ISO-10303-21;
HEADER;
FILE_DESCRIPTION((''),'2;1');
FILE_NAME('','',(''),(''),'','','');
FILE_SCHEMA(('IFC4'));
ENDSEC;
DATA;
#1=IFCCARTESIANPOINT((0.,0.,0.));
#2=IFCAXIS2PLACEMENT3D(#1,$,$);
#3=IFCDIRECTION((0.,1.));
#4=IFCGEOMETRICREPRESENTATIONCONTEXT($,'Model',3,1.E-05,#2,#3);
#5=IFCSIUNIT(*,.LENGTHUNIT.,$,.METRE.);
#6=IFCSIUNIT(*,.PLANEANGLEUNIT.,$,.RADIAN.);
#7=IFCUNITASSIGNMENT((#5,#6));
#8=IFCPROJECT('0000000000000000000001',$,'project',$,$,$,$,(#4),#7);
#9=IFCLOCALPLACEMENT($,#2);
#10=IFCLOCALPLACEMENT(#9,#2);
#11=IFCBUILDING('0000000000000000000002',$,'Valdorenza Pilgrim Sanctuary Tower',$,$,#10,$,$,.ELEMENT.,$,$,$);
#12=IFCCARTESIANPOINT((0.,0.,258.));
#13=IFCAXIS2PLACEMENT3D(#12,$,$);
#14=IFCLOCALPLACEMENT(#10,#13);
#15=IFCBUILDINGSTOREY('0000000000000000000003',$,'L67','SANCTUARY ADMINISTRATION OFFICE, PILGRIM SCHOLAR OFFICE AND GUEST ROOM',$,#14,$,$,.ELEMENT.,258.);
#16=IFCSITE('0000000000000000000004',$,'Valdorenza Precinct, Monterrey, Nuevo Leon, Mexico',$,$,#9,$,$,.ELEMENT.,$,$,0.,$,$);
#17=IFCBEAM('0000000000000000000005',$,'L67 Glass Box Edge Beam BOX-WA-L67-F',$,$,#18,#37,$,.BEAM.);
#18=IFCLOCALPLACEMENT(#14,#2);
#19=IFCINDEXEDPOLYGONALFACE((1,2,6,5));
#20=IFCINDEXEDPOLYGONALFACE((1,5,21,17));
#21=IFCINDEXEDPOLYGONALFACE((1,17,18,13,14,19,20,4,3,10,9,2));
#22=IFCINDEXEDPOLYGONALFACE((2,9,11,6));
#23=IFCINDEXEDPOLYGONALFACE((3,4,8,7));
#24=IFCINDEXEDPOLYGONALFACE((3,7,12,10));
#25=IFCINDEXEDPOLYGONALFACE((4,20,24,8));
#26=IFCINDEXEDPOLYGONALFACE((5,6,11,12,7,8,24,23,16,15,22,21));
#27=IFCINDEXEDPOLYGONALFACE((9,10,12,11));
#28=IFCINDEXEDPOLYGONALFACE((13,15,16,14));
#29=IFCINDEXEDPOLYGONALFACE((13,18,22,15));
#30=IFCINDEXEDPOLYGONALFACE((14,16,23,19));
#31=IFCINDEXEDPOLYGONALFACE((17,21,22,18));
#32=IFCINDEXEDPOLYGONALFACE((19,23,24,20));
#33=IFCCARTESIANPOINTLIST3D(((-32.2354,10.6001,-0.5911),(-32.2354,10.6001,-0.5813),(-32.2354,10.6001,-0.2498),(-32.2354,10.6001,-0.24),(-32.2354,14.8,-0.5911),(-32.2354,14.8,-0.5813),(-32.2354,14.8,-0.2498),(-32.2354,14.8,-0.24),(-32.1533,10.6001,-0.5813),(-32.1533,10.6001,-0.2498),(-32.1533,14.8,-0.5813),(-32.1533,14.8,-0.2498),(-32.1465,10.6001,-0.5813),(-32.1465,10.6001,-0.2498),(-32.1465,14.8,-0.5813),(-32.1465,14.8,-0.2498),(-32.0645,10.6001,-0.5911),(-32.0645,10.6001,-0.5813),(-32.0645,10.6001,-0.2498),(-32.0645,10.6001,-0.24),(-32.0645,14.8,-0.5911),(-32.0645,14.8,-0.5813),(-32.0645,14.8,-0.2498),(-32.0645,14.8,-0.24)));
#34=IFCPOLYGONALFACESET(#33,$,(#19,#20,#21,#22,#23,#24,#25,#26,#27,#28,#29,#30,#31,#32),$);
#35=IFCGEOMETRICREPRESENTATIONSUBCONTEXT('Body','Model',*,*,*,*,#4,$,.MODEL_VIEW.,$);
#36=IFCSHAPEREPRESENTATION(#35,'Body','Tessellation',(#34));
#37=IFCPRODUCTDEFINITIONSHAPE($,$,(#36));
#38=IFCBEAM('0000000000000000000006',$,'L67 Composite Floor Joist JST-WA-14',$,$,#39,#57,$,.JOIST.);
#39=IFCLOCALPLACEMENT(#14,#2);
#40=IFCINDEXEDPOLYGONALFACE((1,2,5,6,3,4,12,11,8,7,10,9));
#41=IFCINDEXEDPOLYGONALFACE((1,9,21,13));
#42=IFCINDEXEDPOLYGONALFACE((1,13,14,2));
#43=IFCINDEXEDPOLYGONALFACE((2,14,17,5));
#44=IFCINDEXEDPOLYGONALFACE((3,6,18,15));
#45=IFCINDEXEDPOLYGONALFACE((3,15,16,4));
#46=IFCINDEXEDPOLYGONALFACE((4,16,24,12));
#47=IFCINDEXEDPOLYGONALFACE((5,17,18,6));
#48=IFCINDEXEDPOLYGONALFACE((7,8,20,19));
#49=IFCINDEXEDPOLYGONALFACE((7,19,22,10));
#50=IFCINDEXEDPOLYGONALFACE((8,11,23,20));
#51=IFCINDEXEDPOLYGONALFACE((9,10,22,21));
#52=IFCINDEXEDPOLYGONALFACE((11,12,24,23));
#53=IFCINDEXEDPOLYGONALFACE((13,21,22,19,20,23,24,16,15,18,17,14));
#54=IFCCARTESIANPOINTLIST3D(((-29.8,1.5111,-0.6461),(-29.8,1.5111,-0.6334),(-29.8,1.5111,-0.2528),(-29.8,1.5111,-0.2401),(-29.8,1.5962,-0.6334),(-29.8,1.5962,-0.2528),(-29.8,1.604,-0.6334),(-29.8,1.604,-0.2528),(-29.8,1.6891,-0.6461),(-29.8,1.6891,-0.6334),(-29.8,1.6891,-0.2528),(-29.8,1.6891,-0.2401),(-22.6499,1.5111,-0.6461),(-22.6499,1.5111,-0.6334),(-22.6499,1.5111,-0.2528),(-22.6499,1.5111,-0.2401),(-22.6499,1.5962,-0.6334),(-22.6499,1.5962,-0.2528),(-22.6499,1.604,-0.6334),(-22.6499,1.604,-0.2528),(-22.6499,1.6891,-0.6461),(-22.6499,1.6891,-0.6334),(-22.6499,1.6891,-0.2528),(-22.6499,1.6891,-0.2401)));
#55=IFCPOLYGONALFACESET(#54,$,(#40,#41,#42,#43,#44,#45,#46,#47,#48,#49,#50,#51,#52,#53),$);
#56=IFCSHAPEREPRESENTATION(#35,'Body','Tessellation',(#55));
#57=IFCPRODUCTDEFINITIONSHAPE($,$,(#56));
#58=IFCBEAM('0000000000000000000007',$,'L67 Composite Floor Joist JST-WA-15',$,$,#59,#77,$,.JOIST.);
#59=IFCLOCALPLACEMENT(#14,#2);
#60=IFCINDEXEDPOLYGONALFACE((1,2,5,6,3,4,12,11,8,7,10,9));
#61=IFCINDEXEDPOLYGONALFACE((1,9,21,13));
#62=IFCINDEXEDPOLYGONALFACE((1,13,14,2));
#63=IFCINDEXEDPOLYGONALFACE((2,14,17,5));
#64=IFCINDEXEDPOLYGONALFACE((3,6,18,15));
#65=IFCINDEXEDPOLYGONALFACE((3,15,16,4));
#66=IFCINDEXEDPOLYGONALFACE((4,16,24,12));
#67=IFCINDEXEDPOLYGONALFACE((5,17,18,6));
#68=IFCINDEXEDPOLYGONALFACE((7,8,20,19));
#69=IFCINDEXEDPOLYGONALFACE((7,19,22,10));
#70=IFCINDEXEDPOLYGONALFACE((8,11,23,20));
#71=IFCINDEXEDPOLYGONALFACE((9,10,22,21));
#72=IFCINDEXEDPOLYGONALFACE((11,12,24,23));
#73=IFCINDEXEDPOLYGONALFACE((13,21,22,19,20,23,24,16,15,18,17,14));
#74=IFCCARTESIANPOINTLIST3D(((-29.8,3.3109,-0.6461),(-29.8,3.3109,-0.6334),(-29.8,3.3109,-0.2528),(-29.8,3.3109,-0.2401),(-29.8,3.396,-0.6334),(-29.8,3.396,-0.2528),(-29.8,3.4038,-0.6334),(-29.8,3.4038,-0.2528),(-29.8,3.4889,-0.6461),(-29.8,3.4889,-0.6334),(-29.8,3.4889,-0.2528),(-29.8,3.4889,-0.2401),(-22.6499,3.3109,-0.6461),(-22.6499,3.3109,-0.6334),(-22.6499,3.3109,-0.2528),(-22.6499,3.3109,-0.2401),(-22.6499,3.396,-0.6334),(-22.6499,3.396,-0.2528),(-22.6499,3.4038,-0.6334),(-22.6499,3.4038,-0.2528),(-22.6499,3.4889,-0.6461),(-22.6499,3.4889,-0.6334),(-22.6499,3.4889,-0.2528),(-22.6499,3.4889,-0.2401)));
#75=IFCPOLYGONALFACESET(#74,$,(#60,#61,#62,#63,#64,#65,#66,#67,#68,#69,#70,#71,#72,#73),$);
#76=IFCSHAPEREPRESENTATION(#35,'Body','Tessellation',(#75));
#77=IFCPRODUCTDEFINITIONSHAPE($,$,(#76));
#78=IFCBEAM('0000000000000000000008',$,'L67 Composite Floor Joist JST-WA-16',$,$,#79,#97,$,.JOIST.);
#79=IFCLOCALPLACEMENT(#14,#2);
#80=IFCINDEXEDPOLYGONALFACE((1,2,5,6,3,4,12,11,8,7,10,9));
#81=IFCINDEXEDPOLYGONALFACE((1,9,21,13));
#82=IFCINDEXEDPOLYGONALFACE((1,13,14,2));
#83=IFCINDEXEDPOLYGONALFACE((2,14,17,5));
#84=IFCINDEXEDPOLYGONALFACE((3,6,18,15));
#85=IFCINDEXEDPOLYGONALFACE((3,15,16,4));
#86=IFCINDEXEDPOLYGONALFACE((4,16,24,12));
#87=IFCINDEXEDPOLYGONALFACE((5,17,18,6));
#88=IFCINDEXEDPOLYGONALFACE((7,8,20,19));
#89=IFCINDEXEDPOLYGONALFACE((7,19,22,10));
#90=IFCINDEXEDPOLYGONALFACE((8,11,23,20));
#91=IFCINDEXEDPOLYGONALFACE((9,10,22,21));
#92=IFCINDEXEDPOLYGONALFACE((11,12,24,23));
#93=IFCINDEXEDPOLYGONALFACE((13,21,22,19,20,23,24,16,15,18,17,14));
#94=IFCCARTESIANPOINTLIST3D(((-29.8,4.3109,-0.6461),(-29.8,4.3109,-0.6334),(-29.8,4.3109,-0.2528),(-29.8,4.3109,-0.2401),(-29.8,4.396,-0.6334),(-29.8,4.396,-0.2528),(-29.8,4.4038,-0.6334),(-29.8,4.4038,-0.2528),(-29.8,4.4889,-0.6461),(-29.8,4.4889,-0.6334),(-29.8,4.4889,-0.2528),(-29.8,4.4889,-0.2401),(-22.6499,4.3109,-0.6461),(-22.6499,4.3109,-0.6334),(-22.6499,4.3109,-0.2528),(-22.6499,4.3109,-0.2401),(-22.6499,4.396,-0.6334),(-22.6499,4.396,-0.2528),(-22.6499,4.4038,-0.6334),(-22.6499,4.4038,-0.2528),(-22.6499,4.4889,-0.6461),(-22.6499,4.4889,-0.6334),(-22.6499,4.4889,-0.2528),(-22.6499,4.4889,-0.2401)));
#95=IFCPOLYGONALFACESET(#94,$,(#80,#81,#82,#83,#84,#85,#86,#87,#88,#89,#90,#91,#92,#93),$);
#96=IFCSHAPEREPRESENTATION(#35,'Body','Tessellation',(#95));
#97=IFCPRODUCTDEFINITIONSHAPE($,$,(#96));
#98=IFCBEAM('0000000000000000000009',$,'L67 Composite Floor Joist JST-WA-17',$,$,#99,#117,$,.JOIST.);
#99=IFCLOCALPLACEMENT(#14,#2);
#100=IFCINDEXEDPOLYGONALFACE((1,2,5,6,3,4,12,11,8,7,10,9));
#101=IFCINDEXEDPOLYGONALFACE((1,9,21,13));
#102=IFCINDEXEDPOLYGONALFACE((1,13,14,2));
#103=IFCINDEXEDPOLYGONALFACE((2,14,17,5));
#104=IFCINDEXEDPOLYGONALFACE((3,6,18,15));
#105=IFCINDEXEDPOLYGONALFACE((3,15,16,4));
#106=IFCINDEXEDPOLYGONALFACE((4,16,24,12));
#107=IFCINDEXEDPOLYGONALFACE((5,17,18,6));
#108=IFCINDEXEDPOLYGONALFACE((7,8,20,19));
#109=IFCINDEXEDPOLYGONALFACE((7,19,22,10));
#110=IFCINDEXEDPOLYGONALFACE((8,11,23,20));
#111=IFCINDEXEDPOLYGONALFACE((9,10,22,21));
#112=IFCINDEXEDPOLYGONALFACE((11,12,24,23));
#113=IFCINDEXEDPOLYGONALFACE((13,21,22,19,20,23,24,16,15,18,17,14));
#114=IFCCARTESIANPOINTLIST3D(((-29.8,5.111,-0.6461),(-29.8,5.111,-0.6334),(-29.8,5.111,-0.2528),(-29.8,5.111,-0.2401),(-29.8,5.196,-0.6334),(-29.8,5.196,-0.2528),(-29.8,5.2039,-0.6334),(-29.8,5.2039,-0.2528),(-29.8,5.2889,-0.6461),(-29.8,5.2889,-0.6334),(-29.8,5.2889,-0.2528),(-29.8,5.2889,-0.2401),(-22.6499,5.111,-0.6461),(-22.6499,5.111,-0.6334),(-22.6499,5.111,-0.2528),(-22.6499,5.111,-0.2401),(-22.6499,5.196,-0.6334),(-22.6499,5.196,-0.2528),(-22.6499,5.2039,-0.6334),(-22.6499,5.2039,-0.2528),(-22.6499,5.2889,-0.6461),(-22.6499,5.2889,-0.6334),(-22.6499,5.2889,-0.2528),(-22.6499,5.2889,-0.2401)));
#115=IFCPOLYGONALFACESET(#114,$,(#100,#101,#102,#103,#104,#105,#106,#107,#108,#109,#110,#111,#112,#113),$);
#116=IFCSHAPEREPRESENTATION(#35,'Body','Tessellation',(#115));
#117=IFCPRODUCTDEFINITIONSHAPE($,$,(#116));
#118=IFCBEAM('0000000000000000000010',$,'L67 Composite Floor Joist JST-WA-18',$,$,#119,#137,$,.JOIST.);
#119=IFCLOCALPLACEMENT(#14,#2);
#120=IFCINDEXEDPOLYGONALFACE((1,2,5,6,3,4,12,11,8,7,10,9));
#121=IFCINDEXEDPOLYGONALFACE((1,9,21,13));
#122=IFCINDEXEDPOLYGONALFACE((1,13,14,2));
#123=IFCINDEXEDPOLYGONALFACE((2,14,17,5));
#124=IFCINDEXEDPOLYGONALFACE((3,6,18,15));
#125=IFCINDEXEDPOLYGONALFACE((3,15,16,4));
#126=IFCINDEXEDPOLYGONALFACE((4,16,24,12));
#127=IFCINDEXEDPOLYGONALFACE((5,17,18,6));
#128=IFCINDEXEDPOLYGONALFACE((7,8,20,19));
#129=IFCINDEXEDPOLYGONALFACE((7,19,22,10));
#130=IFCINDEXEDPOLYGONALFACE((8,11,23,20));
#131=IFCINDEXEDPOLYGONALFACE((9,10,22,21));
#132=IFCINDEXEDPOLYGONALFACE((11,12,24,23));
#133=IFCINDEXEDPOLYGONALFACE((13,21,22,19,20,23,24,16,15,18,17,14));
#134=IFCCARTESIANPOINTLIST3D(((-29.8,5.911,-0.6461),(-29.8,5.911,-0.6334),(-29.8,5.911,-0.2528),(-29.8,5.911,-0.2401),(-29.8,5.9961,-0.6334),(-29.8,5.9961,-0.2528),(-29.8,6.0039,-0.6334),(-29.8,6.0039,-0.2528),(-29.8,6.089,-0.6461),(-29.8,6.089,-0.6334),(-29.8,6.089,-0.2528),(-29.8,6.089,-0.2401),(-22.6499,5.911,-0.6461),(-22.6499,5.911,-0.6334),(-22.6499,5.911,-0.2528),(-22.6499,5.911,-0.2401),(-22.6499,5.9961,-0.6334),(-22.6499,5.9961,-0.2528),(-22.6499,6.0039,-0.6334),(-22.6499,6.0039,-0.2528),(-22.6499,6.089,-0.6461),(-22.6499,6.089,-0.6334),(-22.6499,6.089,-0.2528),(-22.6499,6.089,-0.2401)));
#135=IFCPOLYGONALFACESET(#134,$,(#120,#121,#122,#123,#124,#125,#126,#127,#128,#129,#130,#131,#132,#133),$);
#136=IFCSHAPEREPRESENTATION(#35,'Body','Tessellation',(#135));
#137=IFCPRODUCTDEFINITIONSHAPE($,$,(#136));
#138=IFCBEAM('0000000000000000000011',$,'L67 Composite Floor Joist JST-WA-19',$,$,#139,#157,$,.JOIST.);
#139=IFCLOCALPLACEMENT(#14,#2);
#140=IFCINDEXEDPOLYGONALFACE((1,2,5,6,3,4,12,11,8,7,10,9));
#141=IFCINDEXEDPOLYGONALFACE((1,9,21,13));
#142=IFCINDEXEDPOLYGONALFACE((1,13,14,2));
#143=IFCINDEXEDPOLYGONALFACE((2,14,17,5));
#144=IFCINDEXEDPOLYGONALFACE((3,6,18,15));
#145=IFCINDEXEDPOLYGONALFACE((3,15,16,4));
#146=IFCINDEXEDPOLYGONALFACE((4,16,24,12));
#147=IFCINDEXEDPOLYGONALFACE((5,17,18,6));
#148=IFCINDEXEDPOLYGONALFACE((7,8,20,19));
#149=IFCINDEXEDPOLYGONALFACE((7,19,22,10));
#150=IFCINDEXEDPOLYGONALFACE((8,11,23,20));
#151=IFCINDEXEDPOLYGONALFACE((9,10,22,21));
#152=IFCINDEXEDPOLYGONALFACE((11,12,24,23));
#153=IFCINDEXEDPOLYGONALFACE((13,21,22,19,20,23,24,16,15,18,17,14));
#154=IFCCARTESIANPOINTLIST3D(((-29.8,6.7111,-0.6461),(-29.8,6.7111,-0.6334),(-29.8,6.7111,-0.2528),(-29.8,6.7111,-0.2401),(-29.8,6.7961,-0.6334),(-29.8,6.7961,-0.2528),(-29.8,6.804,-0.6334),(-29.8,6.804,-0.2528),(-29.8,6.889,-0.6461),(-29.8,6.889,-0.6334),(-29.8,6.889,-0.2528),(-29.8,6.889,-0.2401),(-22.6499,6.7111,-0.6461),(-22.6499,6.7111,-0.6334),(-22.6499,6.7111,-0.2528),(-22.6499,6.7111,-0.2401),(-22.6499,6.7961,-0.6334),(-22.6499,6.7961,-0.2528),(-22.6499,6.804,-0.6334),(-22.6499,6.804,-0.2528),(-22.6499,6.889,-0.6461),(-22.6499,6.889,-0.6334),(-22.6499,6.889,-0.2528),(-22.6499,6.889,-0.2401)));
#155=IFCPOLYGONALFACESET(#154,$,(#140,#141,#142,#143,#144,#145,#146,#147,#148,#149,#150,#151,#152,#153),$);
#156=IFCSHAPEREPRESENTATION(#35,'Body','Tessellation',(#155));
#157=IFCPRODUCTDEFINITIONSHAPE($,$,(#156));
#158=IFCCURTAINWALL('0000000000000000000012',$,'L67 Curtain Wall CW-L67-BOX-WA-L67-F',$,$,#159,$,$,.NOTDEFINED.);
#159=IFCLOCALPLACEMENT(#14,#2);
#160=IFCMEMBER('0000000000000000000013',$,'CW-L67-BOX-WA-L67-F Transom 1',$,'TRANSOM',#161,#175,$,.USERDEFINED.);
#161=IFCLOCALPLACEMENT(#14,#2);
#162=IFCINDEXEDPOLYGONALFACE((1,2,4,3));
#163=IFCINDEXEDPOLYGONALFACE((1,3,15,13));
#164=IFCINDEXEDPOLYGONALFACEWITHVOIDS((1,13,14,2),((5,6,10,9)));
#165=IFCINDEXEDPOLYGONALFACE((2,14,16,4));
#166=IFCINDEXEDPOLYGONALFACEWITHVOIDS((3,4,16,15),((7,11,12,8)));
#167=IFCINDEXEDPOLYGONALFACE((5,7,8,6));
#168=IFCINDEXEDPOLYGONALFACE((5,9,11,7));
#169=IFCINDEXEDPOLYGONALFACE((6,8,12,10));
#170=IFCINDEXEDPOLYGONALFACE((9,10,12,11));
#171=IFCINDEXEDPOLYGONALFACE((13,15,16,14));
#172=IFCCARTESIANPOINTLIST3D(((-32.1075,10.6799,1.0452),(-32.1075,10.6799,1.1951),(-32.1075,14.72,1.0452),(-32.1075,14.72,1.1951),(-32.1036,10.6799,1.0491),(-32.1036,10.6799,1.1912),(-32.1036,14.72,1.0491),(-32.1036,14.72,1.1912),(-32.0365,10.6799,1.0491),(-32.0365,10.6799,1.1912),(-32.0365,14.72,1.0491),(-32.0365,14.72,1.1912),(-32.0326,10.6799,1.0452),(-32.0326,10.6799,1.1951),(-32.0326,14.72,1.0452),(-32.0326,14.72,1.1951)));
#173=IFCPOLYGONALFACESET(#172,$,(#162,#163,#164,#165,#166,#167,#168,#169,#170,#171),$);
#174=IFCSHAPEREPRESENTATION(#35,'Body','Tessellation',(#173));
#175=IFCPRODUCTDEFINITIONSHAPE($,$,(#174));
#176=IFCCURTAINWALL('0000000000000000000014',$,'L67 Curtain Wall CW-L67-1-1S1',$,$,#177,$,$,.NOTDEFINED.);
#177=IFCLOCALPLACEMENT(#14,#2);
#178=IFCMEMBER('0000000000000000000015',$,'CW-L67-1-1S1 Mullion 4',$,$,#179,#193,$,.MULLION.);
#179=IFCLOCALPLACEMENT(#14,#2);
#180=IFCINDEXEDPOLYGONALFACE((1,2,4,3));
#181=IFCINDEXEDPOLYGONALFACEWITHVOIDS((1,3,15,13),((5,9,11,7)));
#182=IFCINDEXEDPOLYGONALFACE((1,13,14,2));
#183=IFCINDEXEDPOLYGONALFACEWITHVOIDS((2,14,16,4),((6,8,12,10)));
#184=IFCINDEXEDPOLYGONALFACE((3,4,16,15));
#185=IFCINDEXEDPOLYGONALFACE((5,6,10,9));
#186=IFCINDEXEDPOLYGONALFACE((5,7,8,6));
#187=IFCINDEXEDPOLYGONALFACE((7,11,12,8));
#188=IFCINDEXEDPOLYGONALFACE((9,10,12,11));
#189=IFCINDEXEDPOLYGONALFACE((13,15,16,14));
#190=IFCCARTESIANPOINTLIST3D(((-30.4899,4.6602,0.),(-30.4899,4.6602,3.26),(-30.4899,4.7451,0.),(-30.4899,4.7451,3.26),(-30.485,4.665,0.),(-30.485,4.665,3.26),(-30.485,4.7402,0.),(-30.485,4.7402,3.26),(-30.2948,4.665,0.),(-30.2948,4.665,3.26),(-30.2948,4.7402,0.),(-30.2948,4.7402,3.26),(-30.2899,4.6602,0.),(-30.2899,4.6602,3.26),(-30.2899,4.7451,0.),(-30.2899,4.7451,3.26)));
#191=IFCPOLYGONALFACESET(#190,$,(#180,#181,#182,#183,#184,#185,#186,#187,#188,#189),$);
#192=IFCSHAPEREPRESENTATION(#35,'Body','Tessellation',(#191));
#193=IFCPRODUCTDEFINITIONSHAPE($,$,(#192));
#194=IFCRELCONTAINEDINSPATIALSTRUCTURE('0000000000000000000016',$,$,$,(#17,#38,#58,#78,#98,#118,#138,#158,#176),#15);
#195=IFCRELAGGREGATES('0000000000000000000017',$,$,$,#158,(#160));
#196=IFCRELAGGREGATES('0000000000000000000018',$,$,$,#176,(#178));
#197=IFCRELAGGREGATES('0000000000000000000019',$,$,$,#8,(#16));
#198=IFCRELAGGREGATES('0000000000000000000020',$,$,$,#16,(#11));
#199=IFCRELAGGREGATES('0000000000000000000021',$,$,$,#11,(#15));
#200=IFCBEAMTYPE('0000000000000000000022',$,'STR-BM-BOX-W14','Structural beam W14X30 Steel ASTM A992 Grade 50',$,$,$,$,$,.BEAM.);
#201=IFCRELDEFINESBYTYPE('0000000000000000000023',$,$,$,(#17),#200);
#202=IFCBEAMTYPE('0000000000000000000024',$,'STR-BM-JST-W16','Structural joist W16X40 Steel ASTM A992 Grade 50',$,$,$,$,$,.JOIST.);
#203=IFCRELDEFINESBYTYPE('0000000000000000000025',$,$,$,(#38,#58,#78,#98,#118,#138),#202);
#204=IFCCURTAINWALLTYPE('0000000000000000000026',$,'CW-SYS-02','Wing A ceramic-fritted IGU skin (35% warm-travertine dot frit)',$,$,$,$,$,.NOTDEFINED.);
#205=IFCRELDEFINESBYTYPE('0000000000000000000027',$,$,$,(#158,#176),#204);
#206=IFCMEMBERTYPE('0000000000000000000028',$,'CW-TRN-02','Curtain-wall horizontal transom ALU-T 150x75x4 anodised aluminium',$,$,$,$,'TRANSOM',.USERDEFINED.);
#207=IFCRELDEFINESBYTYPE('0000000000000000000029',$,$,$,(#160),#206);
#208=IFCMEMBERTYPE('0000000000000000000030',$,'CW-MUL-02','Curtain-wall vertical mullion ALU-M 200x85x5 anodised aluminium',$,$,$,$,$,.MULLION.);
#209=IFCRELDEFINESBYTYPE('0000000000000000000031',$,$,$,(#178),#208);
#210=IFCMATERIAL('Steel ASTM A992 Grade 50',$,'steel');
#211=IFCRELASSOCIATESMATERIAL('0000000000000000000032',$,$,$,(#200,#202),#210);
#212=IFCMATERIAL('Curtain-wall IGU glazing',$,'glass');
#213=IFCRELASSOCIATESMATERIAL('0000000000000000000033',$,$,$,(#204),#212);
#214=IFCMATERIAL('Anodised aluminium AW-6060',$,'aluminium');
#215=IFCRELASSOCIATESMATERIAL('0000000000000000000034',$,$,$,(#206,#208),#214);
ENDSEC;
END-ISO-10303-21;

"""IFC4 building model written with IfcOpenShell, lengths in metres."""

from ifc_helpers import new_model, si_unit, direction, frame, origin, origin_2d, place, context, subcontext, project, spatial, hollow_rectangle, i_section, extrude, source, transform, mapped, material, material_profile, profile_set, type_object, element, aggregate, save


model = new_model("IFC4")

# Units and contexts
model_context = context("Model", 3, precision=1e-05, world=origin(), true_north=direction((0.0, 1.0)))
body_context = subcontext(model_context, "Body", "Model", "MODEL_VIEW")
ifc_project = project(units=[si_unit("LENGTHUNIT", "METRE"), si_unit("PLANEANGLEUNIT", "RADIAN")], contexts=[model_context])

# Site, building, storey
site_placement = place(None, origin())
site = spatial("IfcSite", under=ifc_project, at=site_placement, Name="Valdorenza Precinct, Monterrey, Nuevo Leon, Mexico", CompositionType="ELEMENT", RefElevation=0.0)
building_placement = place(site_placement, origin())
building = spatial("IfcBuilding", under=site, at=building_placement, Name="Valdorenza Pilgrim Sanctuary Tower", CompositionType="ELEMENT")
storey_placement = place(building_placement, frame((0.0, 0.0, 258.0)))
storey = spatial("IfcBuildingStorey", under=building, at=storey_placement, Name="L67", Description="SANCTUARY ADMINISTRATION OFFICE, PILGRIM SCHOLAR OFFICE AND GUEST ROOM", CompositionType="ELEMENT", Elevation=258.0)

# Beams
ifc_material_1 = material(Name="Steel ASTM A992 Grade 50", Category="steel")
ifc_material_profile_1 = material_profile(ifc_material_1, i_section(OverallWidth=0.1709, OverallDepth=0.3511, WebThickness=0.0068, FlangeThickness=0.0098, at=origin_2d()), Name="W14X30")
ifc_profile_set_1 = profile_set([ifc_material_profile_1], Name="Steel ASTM A992 Grade 50")
beam_type_1 = type_object("IfcBeamType", Name="STR-BM-BOX-W14", Description="Structural beam W14X30 Steel ASTM A992 Grade 50", PredefinedType="BEAM", material=ifc_profile_set_1)
shared_shape_1 = source(origin(), body_context, "Body", "SweptSolid", [
    extrude(i_section(OverallWidth=0.1709, OverallDepth=0.3511, WebThickness=0.0068, FlangeThickness=0.0098, at=origin_2d()), origin(), (0.0, 0.0, 1.0), 4.2),
])
beam_placement = place(storey_placement, frame((-32.1499, 10.6001, -0.4155), z_axis=(0.0, 1.0, 0.0), x_axis=(-1.0, 0.0, 0.0)))
element("IfcBeam", 1, at=beam_placement, inside=storey, type_object=beam_type_1, Name="L67 Glass Box Edge Beam BOX-WA-L67-F", PredefinedType="BEAM", context=body_context, shape_type="MappedRepresentation", body=[
    mapped(shared_shape_1, transform((0.0, 0.0, 0.0), x_axis=(1.0, 0.0, 0.0), y_axis=(0.0, 1.0, 0.0), z_axis=(0.0, 0.0, 1.0), scale=1.0)),
])
ifc_material_profile_2 = material_profile(ifc_material_1, i_section(OverallWidth=0.178, OverallDepth=0.406, WebThickness=0.0078, FlangeThickness=0.0127, at=origin_2d()), Name="W16X40")
ifc_profile_set_2 = profile_set([ifc_material_profile_2], Name="Steel ASTM A992 Grade 50")
beam_type_2 = type_object("IfcBeamType", Name="STR-BM-JST-W16", Description="Structural joist W16X40 Steel ASTM A992 Grade 50", PredefinedType="JOIST", material=ifc_profile_set_2)
shared_shape_2 = source(origin(), body_context, "Body", "SweptSolid", [
    extrude(i_section(OverallWidth=0.178, OverallDepth=0.406, WebThickness=0.0078, FlangeThickness=0.0127, at=origin_2d()), origin(), (0.0, 0.0, 1.0), 7.1501),
])
for number, where, z_axis, x_axis, name in (
    (2, (-29.8, 1.6001, -0.4431), (1.0, 0.0, 0.0), (0.0, 1.0, 0.0), "L67 Composite Floor Joist JST-WA-14"),
    (3, (-29.8, 3.3999, -0.4431), (1.0, 0.0, 0.0), (0.0, 1.0, 0.0), "L67 Composite Floor Joist JST-WA-15"),
    (4, (-29.8, 4.3999, -0.4431), (1.0, 0.0, 0.0), (0.0, 1.0, 0.0), "L67 Composite Floor Joist JST-WA-16"),
    (5, (-29.8, 5.2, -0.4431), (1.0, 0.0, 0.0), (0.0, 1.0, 0.0), "L67 Composite Floor Joist JST-WA-17"),
    (6, (-29.8, 6.0, -0.4431), (1.0, 0.0, 0.0), (0.0, 1.0, 0.0), "L67 Composite Floor Joist JST-WA-18"),
    (7, (-29.8, 6.8, -0.4431), (1.0, 0.0, 0.0), (0.0, 1.0, 0.0), "L67 Composite Floor Joist JST-WA-19"),
):
    element("IfcBeam", number, at=place(storey_placement, frame(where, z_axis=z_axis, x_axis=x_axis)), inside=storey, type_object=beam_type_2, Name=name, PredefinedType="JOIST", context=body_context, shape_type="MappedRepresentation", body=[
        mapped(shared_shape_2, transform((0.0, 0.0, 0.0), x_axis=(1.0, 0.0, 0.0), y_axis=(0.0, 1.0, 0.0), z_axis=(0.0, 0.0, 1.0), scale=1.0)),
    ])

# Curtain wall, member
ifc_material_2 = material(Name="Curtain-wall IGU glazing", Category="glass")
curtain_wall_type = type_object("IfcCurtainWallType", Name="CW-SYS-02", Description="Wing A ceramic-fritted IGU skin (35% warm-travertine dot frit)", PredefinedType="NOTDEFINED", material=ifc_material_2)
curtain_wall_1_placement = place(storey_placement, origin())
curtain_wall_1 = element("IfcCurtainWall", 8, at=curtain_wall_1_placement, inside=storey, type_object=curtain_wall_type, Name="L67 Curtain Wall CW-L67-BOX-WA-L67-F", PredefinedType="NOTDEFINED")
ifc_material_3 = material(Name="Anodised aluminium AW-6060", Category="aluminium")
ifc_material_profile_3 = material_profile(ifc_material_3, hollow_rectangle(XDim=0.075, YDim=0.1499, WallThickness=0.0039, at=origin_2d()), Name="ALU-T 150x75x4")
ifc_profile_set_3 = profile_set([ifc_material_profile_3], Name="Anodised aluminium AW-6060")
member_type_1 = type_object("IfcMemberType", Name="CW-TRN-02", Description="Curtain-wall horizontal transom ALU-T 150x75x4 anodised aluminium", ElementType="TRANSOM", PredefinedType="USERDEFINED", material=ifc_profile_set_3)
shared_shape_3 = source(origin(), body_context, "Body", "SweptSolid", [
    extrude(hollow_rectangle(XDim=0.075, YDim=0.1499, WallThickness=0.0039, at=origin_2d()), origin(), (0.0, 0.0, 1.0), 4.04),
])
member_1_placement = place(storey_placement, frame((-32.0701, 10.6799, 1.1201), z_axis=(0.0, 1.0, 0.0), x_axis=(-1.0, 0.0, 0.0)))
member_1 = element("IfcMember", 9, at=member_1_placement, type_object=member_type_1, Name="CW-L67-BOX-WA-L67-F Transom 1", ObjectType="TRANSOM", PredefinedType="USERDEFINED", context=body_context, shape_type="MappedRepresentation", body=[
    mapped(shared_shape_3, transform((0.0, 0.0, 0.0), x_axis=(1.0, 0.0, 0.0), y_axis=(0.0, 1.0, 0.0), z_axis=(0.0, 0.0, 1.0), scale=1.0)),
])
aggregate(curtain_wall_1, [member_1])

# Curtain wall, member
curtain_wall_2_placement = place(storey_placement, origin())
curtain_wall_2 = element("IfcCurtainWall", 10, at=curtain_wall_2_placement, inside=storey, type_object=curtain_wall_type, Name="L67 Curtain Wall CW-L67-1-1S1", PredefinedType="NOTDEFINED")
ifc_material_profile_4 = material_profile(ifc_material_3, hollow_rectangle(XDim=0.085, YDim=0.2, WallThickness=0.0049, at=origin_2d()), Name="ALU-M 200x85x5")
ifc_profile_set_4 = profile_set([ifc_material_profile_4], Name="Anodised aluminium AW-6060")
member_type_2 = type_object("IfcMemberType", Name="CW-MUL-02", Description="Curtain-wall vertical mullion ALU-M 200x85x5 anodised aluminium", PredefinedType="MULLION", material=ifc_profile_set_4)
shared_shape_4 = source(origin(), body_context, "Body", "SweptSolid", [
    extrude(hollow_rectangle(XDim=0.085, YDim=0.2, WallThickness=0.0049, at=origin_2d()), origin(), (0.0, 0.0, 1.0), 3.26),
])
member_2_placement = place(storey_placement, frame((-30.3899, 4.7026, 0.0), z_axis=(0.0, 0.0, 1.0), x_axis=(0.0, 1.0, 0.0)))
member_2 = element("IfcMember", 11, at=member_2_placement, type_object=member_type_2, Name="CW-L67-1-1S1 Mullion 4", PredefinedType="MULLION", context=body_context, shape_type="MappedRepresentation", body=[
    mapped(shared_shape_4, transform((0.0, 0.0, 0.0), x_axis=(1.0, 0.0, 0.0), y_axis=(0.0, 1.0, 0.0), z_axis=(0.0, 0.0, 1.0), scale=1.0)),
])

aggregate(curtain_wall_2, [member_2])

save(model, "model.ifc")
